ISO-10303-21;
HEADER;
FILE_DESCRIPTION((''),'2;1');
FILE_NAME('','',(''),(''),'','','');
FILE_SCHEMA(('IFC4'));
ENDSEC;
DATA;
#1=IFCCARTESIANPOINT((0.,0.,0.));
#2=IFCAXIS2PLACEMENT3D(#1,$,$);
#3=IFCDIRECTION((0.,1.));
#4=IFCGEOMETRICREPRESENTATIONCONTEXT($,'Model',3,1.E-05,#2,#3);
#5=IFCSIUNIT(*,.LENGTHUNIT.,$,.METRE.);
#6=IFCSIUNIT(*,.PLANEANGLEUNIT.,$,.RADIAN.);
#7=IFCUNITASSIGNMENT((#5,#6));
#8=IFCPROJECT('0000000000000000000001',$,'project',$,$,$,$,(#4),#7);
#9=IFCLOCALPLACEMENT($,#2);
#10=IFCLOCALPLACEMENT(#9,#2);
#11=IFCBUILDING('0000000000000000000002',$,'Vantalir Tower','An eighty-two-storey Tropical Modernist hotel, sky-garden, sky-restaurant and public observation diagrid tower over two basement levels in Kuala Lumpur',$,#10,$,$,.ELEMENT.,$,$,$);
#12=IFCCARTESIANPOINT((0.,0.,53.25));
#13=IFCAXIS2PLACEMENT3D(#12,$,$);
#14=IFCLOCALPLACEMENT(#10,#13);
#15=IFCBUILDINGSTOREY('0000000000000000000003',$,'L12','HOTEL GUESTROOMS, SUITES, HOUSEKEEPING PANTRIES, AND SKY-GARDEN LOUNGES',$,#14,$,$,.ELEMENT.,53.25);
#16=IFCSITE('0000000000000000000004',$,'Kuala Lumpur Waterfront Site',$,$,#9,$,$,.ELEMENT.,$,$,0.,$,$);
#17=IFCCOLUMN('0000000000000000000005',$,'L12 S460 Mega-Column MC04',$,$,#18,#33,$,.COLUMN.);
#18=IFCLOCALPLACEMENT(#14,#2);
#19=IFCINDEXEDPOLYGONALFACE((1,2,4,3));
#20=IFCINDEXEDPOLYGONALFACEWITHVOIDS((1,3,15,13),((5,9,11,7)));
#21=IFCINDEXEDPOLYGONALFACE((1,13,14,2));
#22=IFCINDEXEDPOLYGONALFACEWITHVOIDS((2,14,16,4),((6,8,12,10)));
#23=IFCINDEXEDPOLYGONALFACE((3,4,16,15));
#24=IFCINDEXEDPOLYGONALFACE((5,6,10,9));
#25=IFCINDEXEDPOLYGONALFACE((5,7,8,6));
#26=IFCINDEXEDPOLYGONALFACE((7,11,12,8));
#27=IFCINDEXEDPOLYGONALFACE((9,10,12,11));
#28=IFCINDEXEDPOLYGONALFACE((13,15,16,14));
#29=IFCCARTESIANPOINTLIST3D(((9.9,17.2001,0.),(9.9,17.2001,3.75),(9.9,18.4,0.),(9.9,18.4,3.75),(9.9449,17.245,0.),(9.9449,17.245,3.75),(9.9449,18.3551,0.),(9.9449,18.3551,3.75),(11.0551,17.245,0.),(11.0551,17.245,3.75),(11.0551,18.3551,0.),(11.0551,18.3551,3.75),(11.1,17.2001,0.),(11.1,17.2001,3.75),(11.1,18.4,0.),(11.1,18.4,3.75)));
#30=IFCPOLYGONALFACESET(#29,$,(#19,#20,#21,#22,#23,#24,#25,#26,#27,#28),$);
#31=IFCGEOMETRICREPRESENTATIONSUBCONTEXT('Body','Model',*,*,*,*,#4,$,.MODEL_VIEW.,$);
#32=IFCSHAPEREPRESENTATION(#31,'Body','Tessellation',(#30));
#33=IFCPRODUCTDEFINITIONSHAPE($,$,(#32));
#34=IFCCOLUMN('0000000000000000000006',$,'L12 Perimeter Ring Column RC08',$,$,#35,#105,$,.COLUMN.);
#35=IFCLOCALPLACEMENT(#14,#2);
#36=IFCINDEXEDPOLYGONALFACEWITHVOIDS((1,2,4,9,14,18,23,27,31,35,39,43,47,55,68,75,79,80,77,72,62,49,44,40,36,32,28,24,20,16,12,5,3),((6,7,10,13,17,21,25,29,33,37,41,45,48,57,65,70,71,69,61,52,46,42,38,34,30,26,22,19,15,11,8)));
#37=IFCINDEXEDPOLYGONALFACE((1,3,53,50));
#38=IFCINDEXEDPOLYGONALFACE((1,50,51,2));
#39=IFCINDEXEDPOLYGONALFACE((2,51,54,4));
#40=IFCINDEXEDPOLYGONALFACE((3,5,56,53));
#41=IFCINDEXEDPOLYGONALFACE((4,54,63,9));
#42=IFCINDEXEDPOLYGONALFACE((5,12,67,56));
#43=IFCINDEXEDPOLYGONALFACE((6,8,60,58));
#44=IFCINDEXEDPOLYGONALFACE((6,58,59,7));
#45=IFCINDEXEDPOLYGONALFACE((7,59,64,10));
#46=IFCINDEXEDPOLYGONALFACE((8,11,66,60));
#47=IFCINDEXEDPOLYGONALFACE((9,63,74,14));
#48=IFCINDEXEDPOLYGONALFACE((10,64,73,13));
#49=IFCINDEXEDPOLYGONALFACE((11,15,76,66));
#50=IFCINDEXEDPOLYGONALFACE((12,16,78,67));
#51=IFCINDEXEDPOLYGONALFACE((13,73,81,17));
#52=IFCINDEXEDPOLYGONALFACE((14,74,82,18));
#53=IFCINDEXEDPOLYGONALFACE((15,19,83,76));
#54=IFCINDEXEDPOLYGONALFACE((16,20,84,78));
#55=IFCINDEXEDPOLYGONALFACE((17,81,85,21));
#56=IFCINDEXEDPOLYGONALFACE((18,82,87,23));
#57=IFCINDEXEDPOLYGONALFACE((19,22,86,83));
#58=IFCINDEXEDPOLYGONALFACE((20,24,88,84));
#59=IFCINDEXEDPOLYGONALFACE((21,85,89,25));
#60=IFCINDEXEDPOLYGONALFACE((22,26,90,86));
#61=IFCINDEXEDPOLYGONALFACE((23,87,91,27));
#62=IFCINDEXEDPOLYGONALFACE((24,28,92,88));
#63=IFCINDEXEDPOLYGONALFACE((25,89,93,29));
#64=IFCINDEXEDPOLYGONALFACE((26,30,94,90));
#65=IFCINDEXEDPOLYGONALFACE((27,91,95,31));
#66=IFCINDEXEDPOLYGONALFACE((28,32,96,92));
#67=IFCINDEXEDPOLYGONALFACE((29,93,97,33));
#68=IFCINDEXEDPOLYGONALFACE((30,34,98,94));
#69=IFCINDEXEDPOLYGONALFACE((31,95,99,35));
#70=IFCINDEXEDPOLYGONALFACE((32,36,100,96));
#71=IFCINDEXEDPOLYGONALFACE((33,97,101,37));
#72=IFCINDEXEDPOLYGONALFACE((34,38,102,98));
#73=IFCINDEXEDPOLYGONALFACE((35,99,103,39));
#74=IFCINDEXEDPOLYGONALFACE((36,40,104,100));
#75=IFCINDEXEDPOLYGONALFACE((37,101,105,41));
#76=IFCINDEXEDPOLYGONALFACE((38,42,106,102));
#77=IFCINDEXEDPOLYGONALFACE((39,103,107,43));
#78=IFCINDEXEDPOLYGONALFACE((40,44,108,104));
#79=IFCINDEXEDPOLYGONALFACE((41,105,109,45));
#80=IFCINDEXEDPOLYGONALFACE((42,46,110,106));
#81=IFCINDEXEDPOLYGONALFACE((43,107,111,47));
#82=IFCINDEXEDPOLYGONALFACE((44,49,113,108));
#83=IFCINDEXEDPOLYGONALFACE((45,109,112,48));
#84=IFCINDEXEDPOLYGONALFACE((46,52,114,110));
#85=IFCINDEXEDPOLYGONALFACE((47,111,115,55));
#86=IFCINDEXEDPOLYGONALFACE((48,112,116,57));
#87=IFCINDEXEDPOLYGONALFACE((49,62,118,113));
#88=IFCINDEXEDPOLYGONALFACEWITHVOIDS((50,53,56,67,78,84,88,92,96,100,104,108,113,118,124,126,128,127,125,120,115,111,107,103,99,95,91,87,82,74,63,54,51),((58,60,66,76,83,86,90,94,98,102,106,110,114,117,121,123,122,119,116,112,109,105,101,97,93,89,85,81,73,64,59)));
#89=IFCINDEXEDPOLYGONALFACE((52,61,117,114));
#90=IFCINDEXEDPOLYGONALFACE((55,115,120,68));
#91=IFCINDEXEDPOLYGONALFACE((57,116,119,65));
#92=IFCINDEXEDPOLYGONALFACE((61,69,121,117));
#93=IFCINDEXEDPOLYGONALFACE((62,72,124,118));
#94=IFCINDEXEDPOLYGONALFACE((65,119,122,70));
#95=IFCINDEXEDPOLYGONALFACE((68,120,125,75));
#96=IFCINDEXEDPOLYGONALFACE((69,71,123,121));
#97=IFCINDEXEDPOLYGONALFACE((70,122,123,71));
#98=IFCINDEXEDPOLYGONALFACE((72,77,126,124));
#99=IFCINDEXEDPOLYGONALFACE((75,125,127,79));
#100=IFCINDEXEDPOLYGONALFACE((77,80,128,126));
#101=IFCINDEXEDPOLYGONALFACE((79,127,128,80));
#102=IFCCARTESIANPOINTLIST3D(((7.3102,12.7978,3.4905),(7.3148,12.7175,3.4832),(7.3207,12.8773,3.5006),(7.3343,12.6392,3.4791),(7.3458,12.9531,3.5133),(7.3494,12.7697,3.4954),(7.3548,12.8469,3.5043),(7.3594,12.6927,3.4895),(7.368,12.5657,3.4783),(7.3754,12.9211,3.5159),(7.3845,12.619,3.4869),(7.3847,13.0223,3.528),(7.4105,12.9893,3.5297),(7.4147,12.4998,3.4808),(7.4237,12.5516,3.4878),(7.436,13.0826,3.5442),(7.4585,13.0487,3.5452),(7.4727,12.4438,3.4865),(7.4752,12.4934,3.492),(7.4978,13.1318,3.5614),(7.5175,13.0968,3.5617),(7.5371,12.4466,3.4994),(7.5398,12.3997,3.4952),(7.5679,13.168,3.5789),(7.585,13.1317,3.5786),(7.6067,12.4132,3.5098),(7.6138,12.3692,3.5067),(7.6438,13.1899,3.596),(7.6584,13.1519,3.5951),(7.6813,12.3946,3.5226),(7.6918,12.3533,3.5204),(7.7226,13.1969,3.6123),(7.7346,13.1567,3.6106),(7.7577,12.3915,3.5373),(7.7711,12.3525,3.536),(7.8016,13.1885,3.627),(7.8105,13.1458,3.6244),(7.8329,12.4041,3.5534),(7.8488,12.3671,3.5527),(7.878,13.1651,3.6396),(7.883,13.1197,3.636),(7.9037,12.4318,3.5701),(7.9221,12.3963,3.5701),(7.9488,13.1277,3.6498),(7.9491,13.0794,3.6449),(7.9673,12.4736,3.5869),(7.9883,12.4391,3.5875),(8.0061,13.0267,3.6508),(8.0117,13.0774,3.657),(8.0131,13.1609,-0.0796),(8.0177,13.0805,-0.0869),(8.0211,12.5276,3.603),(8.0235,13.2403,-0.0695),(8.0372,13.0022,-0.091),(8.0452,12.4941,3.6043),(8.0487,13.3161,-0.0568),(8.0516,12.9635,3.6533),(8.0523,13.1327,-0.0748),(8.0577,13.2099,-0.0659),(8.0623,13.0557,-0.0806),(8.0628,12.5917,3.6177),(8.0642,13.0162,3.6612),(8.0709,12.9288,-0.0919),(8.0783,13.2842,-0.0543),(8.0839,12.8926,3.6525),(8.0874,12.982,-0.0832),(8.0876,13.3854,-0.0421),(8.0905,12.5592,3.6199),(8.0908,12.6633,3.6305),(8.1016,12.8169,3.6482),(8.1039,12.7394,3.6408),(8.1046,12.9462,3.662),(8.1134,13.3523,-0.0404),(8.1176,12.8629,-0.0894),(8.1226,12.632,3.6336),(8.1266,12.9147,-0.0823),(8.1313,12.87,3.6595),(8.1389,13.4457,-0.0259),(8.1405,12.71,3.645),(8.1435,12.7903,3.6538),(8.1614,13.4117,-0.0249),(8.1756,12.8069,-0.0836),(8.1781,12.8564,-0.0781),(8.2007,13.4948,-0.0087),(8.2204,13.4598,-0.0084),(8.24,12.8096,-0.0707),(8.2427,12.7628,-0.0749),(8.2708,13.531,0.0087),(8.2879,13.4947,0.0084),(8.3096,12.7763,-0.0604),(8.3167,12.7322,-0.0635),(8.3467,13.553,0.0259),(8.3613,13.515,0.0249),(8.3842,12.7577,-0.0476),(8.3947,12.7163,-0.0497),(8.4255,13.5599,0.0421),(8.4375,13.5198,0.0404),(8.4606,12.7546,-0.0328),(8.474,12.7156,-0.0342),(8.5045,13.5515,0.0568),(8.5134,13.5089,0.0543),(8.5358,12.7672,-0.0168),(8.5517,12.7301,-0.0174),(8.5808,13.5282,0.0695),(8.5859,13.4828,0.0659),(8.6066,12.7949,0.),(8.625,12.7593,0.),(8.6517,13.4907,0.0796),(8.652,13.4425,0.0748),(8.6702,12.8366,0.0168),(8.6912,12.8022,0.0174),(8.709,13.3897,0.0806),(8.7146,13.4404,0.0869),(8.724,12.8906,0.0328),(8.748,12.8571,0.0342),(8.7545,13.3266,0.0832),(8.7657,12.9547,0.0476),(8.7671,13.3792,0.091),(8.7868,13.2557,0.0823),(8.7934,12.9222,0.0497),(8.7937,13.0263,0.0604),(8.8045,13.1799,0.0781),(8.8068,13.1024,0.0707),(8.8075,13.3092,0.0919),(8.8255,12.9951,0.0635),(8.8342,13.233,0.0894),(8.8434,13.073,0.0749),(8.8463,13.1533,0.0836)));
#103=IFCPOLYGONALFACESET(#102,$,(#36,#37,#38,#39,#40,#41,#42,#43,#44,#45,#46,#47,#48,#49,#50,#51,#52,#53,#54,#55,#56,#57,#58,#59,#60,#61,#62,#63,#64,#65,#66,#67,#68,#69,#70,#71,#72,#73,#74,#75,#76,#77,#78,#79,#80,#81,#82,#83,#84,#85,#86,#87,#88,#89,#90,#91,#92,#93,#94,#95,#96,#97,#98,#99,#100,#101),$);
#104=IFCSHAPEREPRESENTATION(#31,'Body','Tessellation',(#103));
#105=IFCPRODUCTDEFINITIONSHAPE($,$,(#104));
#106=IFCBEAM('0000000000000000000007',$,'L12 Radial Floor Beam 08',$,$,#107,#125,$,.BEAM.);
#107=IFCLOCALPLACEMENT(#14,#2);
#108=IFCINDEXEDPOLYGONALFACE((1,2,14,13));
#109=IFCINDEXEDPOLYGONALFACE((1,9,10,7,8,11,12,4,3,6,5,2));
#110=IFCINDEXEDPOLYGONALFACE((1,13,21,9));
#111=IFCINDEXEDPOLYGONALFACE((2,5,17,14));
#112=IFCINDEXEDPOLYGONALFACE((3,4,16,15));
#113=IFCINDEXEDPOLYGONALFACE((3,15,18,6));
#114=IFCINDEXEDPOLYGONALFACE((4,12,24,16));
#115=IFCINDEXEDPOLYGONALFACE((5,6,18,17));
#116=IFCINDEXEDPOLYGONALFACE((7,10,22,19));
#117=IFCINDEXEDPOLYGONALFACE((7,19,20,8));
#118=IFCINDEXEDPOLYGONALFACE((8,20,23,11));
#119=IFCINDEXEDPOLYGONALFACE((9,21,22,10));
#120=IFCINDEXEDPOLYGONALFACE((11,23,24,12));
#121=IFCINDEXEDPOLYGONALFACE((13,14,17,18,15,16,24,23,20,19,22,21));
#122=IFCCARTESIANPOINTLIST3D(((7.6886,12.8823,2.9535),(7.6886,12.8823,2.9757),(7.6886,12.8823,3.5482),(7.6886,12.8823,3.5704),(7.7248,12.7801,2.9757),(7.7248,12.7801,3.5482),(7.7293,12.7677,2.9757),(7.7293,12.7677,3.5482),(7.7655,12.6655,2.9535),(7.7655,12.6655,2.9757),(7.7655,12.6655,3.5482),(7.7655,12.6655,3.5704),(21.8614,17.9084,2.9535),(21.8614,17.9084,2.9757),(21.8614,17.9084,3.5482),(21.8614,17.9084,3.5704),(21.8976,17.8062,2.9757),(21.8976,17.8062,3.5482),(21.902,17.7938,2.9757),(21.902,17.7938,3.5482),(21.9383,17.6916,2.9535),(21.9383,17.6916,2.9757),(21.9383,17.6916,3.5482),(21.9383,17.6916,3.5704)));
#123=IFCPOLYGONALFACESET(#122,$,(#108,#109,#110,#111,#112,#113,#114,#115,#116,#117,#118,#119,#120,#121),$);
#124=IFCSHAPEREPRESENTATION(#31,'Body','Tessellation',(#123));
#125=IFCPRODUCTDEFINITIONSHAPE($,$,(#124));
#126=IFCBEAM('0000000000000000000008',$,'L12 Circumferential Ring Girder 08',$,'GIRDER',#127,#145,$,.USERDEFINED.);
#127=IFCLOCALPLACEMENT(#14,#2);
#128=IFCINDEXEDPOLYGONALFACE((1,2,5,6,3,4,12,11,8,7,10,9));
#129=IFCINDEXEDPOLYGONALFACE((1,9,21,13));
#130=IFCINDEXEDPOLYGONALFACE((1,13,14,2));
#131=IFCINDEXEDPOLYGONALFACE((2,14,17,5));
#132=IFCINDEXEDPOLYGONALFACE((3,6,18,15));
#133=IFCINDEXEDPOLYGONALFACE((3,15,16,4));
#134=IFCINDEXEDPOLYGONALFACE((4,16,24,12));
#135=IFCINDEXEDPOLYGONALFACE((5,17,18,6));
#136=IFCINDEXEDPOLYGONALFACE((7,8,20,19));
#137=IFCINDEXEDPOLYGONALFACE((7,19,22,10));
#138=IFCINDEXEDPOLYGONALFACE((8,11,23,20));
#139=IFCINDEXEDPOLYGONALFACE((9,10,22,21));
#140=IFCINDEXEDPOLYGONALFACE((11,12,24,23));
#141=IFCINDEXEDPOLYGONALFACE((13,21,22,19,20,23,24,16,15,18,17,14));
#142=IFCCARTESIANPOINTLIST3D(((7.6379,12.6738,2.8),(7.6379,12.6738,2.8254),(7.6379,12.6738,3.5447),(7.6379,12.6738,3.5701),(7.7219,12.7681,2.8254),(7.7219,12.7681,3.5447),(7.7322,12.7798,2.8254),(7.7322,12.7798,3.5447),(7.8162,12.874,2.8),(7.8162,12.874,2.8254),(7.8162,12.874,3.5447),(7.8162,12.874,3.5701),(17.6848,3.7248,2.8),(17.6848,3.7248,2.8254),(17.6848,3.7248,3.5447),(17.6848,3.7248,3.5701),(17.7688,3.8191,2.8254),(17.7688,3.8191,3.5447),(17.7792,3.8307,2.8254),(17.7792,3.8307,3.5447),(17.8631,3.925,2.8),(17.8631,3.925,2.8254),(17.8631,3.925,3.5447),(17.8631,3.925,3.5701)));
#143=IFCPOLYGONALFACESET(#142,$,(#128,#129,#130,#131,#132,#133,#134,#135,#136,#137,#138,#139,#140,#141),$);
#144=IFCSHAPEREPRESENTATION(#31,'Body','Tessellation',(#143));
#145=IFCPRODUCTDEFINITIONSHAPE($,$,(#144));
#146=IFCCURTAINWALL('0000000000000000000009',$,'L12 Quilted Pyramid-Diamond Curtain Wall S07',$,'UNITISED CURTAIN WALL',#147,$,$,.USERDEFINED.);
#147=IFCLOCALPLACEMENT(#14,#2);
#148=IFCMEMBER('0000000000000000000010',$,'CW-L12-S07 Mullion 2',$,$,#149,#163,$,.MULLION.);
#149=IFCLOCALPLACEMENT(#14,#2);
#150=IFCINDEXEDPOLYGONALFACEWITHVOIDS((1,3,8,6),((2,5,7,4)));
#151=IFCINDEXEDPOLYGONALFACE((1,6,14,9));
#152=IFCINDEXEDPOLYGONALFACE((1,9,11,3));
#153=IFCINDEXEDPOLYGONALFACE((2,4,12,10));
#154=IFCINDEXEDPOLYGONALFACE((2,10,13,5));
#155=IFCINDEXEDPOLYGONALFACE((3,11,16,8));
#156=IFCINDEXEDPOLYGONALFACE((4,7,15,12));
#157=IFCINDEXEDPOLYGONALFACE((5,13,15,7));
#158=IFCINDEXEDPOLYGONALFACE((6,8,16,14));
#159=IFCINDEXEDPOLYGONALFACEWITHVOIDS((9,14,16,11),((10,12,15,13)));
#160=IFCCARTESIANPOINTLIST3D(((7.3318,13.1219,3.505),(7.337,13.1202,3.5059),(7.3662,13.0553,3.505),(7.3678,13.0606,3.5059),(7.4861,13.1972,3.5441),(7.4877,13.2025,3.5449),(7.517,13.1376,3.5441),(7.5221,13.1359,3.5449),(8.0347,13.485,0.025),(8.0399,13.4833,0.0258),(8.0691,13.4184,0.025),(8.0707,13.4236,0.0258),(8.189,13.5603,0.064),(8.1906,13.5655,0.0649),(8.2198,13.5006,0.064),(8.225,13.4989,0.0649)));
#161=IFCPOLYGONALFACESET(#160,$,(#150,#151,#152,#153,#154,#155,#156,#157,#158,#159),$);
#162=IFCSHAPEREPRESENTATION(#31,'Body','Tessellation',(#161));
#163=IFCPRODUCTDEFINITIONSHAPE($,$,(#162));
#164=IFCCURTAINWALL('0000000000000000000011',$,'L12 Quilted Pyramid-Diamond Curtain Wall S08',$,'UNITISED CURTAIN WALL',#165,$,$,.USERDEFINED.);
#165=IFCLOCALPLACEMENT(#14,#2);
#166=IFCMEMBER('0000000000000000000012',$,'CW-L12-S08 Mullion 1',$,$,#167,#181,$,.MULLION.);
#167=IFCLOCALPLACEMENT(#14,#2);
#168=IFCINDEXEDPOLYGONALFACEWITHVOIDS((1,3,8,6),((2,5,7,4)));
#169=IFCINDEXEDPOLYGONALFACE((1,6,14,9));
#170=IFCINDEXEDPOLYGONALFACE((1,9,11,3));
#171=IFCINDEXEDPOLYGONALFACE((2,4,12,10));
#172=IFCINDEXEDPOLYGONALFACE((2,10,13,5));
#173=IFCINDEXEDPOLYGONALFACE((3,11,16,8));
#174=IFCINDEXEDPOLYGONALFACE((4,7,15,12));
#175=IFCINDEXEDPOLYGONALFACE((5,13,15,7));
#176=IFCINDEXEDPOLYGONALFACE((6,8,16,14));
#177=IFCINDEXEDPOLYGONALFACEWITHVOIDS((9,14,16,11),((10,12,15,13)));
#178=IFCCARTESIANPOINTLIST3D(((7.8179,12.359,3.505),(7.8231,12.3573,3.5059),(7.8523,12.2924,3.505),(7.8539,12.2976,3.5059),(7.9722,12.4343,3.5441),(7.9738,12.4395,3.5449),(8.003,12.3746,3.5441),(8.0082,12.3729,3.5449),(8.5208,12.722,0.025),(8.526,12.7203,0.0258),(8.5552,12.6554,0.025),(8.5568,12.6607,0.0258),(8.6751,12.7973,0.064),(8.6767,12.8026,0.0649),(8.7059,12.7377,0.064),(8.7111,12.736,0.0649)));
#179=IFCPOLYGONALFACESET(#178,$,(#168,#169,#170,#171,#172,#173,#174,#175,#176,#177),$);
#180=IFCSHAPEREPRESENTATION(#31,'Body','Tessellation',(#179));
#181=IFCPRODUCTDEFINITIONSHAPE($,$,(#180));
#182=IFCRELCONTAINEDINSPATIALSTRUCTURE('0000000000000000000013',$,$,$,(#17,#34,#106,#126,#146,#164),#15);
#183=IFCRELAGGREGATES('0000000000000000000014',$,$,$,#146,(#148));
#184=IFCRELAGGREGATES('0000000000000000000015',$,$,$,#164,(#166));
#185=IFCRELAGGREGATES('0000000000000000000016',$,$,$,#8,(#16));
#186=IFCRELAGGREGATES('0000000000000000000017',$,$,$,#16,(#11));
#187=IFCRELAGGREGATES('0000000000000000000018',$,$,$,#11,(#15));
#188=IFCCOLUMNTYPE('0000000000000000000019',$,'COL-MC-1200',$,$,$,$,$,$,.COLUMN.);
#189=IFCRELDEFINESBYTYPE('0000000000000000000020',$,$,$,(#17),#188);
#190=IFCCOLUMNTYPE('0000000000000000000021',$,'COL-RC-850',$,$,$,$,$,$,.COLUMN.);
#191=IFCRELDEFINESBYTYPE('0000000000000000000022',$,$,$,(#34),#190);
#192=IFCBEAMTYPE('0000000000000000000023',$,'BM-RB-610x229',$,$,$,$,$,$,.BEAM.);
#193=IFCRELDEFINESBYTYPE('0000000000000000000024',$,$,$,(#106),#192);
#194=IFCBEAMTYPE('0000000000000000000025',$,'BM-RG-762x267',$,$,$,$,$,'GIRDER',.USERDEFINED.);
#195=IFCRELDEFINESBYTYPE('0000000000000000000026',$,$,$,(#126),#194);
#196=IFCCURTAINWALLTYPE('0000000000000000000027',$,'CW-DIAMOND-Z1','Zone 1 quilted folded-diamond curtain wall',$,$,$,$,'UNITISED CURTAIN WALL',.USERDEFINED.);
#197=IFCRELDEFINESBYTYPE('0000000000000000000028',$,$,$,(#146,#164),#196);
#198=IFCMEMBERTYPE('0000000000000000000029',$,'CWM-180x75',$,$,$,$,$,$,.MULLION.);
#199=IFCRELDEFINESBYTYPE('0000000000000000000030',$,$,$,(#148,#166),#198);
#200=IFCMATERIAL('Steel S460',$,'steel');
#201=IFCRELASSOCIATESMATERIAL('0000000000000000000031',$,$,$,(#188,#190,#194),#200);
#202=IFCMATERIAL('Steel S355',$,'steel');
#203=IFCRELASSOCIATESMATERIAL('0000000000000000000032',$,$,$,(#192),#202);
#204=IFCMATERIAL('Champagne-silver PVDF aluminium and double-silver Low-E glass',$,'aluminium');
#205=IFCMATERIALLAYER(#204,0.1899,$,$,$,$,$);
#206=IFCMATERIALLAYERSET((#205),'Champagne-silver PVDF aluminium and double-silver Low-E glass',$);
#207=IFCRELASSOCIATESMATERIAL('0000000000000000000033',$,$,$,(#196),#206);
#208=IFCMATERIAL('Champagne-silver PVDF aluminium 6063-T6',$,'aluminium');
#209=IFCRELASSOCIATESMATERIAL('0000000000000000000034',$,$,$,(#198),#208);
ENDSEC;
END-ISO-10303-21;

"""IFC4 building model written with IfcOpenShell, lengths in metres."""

from ifc_helpers import new_model, si_unit, direction, frame, origin, origin_2d, place, context, subcontext, project, spatial, hollow_rectangle, hollow_circle, i_section, extrude, material, layer, layer_set, material_profile, profile_set, type_object, element, aggregate, save


model = new_model("IFC4")

# Units and contexts
model_context = context("Model", 3, precision=1e-05, world=origin(), true_north=direction((0.0, 1.0)))
body_context = subcontext(model_context, "Body", "Model", "MODEL_VIEW")
ifc_project = project(units=[si_unit("LENGTHUNIT", "METRE"), si_unit("PLANEANGLEUNIT", "RADIAN")], contexts=[model_context])

# Site, building, storey
site_placement = place(None, origin())
site = spatial("IfcSite", under=ifc_project, at=site_placement, Name="Kuala Lumpur Waterfront Site", CompositionType="ELEMENT", RefElevation=0.0)
building_placement = place(site_placement, origin())
building = spatial("IfcBuilding", under=site, at=building_placement, Name="Vantalir Tower", Description="An eighty-two-storey Tropical Modernist hotel, sky-garden, sky-restaurant and public observation diagrid tower over two basement levels in Kuala Lumpur", CompositionType="ELEMENT")
storey_placement = place(building_placement, frame((0.0, 0.0, 53.25)))
storey = spatial("IfcBuildingStorey", under=building, at=storey_placement, Name="L12", Description="HOTEL GUESTROOMS, SUITES, HOUSEKEEPING PANTRIES, AND SKY-GARDEN LOUNGES", CompositionType="ELEMENT", Elevation=53.25)

# Columns
ifc_material_1 = material(Name="Steel S460", Category="steel")
ifc_material_profile_1 = material_profile(ifc_material_1, hollow_rectangle(XDim=1.2, YDim=1.2, WallThickness=0.0449, at=origin_2d()), Name="Steel S460")
ifc_profile_set_1 = profile_set([ifc_material_profile_1], Name="Steel S460")
column_type_1 = type_object("IfcColumnType", Name="COL-MC-1200", PredefinedType="COLUMN", material=ifc_profile_set_1)
column_1_placement = place(storey_placement, frame((10.5, 17.8, 0.0), z_axis=(0.0, 0.0, 1.0), x_axis=(1.0, 0.0, 0.0)))
element("IfcColumn", 1, at=column_1_placement, inside=storey, type_object=column_type_1, Name="L12 S460 Mega-Column MC04", PredefinedType="COLUMN", context=body_context, shape_type="SweptSolid", body=[
    extrude(hollow_rectangle(XDim=1.2, YDim=1.2, WallThickness=0.0449, at=origin_2d()), origin(), (0.0, 0.0, 1.0), 3.75),
])
ifc_material_profile_2 = material_profile(ifc_material_1, hollow_circle(Radius=0.425, WallThickness=0.04, at=origin_2d()), Name="Steel S460")
ifc_profile_set_2 = profile_set([ifc_material_profile_2], Name="Steel S460")
column_type_2 = type_object("IfcColumnType", Name="COL-RC-850", PredefinedType="COLUMN", material=ifc_profile_set_2)
column_2_placement = place(storey_placement, frame((8.4299, 13.137, 0.0), z_axis=(-0.192219, -0.099281, 0.976317), x_axis=(0.458902, -0.888487, 0.0)))
element("IfcColumn", 2, at=column_2_placement, inside=storey, type_object=column_type_2, Name="L12 Perimeter Ring Column RC08", PredefinedType="COLUMN", context=body_context, shape_type="SweptSolid", body=[
    extrude(hollow_circle(Radius=0.425, WallThickness=0.04, at=origin_2d()), origin(), (0.0, 0.0, 1.0), 3.6567),
])

# Beams
ifc_material_2 = material(Name="Steel S355", Category="steel")
ifc_material_profile_3 = material_profile(ifc_material_2, i_section(OverallWidth=0.23, OverallDepth=0.6169, WebThickness=0.0132, FlangeThickness=0.0222, at=origin_2d()), Name="Steel S355")
ifc_profile_set_3 = profile_set([ifc_material_profile_3], Name="Steel S355")
beam_type_1 = type_object("IfcBeamType", Name="BM-RB-610x229", PredefinedType="BEAM", material=ifc_profile_set_3)
beam_1_placement = place(storey_placement, frame((7.7271, 12.7739, 3.262), z_axis=(0.94249, 0.334235, 0.0), x_axis=(-0.334235, 0.94249, 0.0)))
element("IfcBeam", 3, at=beam_1_placement, inside=storey, type_object=beam_type_1, Name="L12 Radial Floor Beam 08", PredefinedType="BEAM", context=body_context, shape_type="SweptSolid", body=[
    extrude(i_section(OverallWidth=0.23, OverallDepth=0.6169, WebThickness=0.0132, FlangeThickness=0.0222, at=origin_2d()), origin(), (0.0, 0.0, 1.0), 15.0376),
])
ifc_material_profile_4 = material_profile(ifc_material_1, i_section(OverallWidth=0.2681, OverallDepth=0.77, WebThickness=0.0156, FlangeThickness=0.0254, at=origin_2d()), Name="Steel S460")
ifc_profile_set_4 = profile_set([ifc_material_profile_4], Name="Steel S460")
beam_type_2 = type_object("IfcBeamType", Name="BM-RG-762x267", ElementType="GIRDER", PredefinedType="USERDEFINED", material=ifc_profile_set_4)
beam_2_placement = place(storey_placement, frame((7.7271, 12.7739, 3.1851), z_axis=(0.746729, -0.665128, 0.0), x_axis=(0.665128, 0.746729, 0.0)))
element("IfcBeam", 4, at=beam_2_placement, inside=storey, type_object=beam_type_2, Name="L12 Circumferential Ring Girder 08", ObjectType="GIRDER", PredefinedType="USERDEFINED", context=body_context, shape_type="SweptSolid", body=[
    extrude(i_section(OverallWidth=0.2681, OverallDepth=0.77, WebThickness=0.0156, FlangeThickness=0.0254, at=origin_2d()), origin(), (0.0, 0.0, 1.0), 13.4546),
])

# Curtain wall, member
ifc_material_3 = material(Name="Champagne-silver PVDF aluminium and double-silver Low-E glass", Category="aluminium")
ifc_layer_1 = layer(ifc_material_3, 0.1899)
ifc_layer_set_1 = layer_set([ifc_layer_1], Name="Champagne-silver PVDF aluminium and double-silver Low-E glass")
curtain_wall_type = type_object("IfcCurtainWallType", Name="CW-DIAMOND-Z1", Description="Zone 1 quilted folded-diamond curtain wall", ElementType="UNITISED CURTAIN WALL", PredefinedType="USERDEFINED", material=ifc_layer_set_1)
curtain_wall_1_placement = place(storey_placement, origin())
curtain_wall_1 = element("IfcCurtainWall", 5, at=curtain_wall_1_placement, inside=storey, type_object=curtain_wall_type, Name="L12 Quilted Pyramid-Diamond Curtain Wall S07", ObjectType="UNITISED CURTAIN WALL", PredefinedType="USERDEFINED")
ifc_material_4 = material(Name="Champagne-silver PVDF aluminium 6063-T6", Category="aluminium")
ifc_material_profile_5 = material_profile(ifc_material_4, hollow_rectangle(XDim=0.075, YDim=0.1799, WallThickness=0.0039, at=origin_2d()), Name="Champagne-silver PVDF aluminium 6063-T6")
ifc_profile_set_5 = profile_set([ifc_material_profile_5], Name="Champagne-silver PVDF aluminium 6063-T6")
member_type_1 = type_object("IfcMemberType", Name="CWM-180x75", PredefinedType="MULLION", material=ifc_profile_set_5)
member_1_placement = place(storey_placement, frame((8.1299, 13.4919, 0.0449), z_axis=(-0.196953, -0.101726, 0.975121), x_axis=(0.458902, -0.888487, 0.0)))
member_1 = element("IfcMember", 6, at=member_1_placement, type_object=member_type_1, Name="CW-L12-S07 Mullion 2", PredefinedType="MULLION", context=body_context, shape_type="SweptSolid", body=[
    extrude(hollow_rectangle(XDim=0.075, YDim=0.1799, WallThickness=0.0039, at=origin_2d()), origin(), (0.0, 0.0, 1.0), 3.5688),
])

# Curtain wall, member
curtain_wall_2_placement = place(storey_placement, origin())
curtain_wall_2 = element("IfcCurtainWall", 7, at=curtain_wall_2_placement, inside=storey, type_object=curtain_wall_type, Name="L12 Quilted Pyramid-Diamond Curtain Wall S08", ObjectType="UNITISED CURTAIN WALL", PredefinedType="USERDEFINED")
member_2_placement = place(storey_placement, frame((8.616, 12.729, 0.0449), z_axis=(-0.196953, -0.101726, 0.975121), x_axis=(0.458902, -0.888487, 0.0)))
member_2 = element("IfcMember", 8, at=member_2_placement, type_object=member_type_1, Name="CW-L12-S08 Mullion 1", PredefinedType="MULLION", context=body_context, shape_type="SweptSolid", body=[
    extrude(hollow_rectangle(XDim=0.075, YDim=0.1799, WallThickness=0.0039, at=origin_2d()), origin(), (0.0, 0.0, 1.0), 3.5688),
])

aggregate(curtain_wall_1, [member_1])
aggregate(curtain_wall_2, [member_2])

save(model, "model.ifc")
